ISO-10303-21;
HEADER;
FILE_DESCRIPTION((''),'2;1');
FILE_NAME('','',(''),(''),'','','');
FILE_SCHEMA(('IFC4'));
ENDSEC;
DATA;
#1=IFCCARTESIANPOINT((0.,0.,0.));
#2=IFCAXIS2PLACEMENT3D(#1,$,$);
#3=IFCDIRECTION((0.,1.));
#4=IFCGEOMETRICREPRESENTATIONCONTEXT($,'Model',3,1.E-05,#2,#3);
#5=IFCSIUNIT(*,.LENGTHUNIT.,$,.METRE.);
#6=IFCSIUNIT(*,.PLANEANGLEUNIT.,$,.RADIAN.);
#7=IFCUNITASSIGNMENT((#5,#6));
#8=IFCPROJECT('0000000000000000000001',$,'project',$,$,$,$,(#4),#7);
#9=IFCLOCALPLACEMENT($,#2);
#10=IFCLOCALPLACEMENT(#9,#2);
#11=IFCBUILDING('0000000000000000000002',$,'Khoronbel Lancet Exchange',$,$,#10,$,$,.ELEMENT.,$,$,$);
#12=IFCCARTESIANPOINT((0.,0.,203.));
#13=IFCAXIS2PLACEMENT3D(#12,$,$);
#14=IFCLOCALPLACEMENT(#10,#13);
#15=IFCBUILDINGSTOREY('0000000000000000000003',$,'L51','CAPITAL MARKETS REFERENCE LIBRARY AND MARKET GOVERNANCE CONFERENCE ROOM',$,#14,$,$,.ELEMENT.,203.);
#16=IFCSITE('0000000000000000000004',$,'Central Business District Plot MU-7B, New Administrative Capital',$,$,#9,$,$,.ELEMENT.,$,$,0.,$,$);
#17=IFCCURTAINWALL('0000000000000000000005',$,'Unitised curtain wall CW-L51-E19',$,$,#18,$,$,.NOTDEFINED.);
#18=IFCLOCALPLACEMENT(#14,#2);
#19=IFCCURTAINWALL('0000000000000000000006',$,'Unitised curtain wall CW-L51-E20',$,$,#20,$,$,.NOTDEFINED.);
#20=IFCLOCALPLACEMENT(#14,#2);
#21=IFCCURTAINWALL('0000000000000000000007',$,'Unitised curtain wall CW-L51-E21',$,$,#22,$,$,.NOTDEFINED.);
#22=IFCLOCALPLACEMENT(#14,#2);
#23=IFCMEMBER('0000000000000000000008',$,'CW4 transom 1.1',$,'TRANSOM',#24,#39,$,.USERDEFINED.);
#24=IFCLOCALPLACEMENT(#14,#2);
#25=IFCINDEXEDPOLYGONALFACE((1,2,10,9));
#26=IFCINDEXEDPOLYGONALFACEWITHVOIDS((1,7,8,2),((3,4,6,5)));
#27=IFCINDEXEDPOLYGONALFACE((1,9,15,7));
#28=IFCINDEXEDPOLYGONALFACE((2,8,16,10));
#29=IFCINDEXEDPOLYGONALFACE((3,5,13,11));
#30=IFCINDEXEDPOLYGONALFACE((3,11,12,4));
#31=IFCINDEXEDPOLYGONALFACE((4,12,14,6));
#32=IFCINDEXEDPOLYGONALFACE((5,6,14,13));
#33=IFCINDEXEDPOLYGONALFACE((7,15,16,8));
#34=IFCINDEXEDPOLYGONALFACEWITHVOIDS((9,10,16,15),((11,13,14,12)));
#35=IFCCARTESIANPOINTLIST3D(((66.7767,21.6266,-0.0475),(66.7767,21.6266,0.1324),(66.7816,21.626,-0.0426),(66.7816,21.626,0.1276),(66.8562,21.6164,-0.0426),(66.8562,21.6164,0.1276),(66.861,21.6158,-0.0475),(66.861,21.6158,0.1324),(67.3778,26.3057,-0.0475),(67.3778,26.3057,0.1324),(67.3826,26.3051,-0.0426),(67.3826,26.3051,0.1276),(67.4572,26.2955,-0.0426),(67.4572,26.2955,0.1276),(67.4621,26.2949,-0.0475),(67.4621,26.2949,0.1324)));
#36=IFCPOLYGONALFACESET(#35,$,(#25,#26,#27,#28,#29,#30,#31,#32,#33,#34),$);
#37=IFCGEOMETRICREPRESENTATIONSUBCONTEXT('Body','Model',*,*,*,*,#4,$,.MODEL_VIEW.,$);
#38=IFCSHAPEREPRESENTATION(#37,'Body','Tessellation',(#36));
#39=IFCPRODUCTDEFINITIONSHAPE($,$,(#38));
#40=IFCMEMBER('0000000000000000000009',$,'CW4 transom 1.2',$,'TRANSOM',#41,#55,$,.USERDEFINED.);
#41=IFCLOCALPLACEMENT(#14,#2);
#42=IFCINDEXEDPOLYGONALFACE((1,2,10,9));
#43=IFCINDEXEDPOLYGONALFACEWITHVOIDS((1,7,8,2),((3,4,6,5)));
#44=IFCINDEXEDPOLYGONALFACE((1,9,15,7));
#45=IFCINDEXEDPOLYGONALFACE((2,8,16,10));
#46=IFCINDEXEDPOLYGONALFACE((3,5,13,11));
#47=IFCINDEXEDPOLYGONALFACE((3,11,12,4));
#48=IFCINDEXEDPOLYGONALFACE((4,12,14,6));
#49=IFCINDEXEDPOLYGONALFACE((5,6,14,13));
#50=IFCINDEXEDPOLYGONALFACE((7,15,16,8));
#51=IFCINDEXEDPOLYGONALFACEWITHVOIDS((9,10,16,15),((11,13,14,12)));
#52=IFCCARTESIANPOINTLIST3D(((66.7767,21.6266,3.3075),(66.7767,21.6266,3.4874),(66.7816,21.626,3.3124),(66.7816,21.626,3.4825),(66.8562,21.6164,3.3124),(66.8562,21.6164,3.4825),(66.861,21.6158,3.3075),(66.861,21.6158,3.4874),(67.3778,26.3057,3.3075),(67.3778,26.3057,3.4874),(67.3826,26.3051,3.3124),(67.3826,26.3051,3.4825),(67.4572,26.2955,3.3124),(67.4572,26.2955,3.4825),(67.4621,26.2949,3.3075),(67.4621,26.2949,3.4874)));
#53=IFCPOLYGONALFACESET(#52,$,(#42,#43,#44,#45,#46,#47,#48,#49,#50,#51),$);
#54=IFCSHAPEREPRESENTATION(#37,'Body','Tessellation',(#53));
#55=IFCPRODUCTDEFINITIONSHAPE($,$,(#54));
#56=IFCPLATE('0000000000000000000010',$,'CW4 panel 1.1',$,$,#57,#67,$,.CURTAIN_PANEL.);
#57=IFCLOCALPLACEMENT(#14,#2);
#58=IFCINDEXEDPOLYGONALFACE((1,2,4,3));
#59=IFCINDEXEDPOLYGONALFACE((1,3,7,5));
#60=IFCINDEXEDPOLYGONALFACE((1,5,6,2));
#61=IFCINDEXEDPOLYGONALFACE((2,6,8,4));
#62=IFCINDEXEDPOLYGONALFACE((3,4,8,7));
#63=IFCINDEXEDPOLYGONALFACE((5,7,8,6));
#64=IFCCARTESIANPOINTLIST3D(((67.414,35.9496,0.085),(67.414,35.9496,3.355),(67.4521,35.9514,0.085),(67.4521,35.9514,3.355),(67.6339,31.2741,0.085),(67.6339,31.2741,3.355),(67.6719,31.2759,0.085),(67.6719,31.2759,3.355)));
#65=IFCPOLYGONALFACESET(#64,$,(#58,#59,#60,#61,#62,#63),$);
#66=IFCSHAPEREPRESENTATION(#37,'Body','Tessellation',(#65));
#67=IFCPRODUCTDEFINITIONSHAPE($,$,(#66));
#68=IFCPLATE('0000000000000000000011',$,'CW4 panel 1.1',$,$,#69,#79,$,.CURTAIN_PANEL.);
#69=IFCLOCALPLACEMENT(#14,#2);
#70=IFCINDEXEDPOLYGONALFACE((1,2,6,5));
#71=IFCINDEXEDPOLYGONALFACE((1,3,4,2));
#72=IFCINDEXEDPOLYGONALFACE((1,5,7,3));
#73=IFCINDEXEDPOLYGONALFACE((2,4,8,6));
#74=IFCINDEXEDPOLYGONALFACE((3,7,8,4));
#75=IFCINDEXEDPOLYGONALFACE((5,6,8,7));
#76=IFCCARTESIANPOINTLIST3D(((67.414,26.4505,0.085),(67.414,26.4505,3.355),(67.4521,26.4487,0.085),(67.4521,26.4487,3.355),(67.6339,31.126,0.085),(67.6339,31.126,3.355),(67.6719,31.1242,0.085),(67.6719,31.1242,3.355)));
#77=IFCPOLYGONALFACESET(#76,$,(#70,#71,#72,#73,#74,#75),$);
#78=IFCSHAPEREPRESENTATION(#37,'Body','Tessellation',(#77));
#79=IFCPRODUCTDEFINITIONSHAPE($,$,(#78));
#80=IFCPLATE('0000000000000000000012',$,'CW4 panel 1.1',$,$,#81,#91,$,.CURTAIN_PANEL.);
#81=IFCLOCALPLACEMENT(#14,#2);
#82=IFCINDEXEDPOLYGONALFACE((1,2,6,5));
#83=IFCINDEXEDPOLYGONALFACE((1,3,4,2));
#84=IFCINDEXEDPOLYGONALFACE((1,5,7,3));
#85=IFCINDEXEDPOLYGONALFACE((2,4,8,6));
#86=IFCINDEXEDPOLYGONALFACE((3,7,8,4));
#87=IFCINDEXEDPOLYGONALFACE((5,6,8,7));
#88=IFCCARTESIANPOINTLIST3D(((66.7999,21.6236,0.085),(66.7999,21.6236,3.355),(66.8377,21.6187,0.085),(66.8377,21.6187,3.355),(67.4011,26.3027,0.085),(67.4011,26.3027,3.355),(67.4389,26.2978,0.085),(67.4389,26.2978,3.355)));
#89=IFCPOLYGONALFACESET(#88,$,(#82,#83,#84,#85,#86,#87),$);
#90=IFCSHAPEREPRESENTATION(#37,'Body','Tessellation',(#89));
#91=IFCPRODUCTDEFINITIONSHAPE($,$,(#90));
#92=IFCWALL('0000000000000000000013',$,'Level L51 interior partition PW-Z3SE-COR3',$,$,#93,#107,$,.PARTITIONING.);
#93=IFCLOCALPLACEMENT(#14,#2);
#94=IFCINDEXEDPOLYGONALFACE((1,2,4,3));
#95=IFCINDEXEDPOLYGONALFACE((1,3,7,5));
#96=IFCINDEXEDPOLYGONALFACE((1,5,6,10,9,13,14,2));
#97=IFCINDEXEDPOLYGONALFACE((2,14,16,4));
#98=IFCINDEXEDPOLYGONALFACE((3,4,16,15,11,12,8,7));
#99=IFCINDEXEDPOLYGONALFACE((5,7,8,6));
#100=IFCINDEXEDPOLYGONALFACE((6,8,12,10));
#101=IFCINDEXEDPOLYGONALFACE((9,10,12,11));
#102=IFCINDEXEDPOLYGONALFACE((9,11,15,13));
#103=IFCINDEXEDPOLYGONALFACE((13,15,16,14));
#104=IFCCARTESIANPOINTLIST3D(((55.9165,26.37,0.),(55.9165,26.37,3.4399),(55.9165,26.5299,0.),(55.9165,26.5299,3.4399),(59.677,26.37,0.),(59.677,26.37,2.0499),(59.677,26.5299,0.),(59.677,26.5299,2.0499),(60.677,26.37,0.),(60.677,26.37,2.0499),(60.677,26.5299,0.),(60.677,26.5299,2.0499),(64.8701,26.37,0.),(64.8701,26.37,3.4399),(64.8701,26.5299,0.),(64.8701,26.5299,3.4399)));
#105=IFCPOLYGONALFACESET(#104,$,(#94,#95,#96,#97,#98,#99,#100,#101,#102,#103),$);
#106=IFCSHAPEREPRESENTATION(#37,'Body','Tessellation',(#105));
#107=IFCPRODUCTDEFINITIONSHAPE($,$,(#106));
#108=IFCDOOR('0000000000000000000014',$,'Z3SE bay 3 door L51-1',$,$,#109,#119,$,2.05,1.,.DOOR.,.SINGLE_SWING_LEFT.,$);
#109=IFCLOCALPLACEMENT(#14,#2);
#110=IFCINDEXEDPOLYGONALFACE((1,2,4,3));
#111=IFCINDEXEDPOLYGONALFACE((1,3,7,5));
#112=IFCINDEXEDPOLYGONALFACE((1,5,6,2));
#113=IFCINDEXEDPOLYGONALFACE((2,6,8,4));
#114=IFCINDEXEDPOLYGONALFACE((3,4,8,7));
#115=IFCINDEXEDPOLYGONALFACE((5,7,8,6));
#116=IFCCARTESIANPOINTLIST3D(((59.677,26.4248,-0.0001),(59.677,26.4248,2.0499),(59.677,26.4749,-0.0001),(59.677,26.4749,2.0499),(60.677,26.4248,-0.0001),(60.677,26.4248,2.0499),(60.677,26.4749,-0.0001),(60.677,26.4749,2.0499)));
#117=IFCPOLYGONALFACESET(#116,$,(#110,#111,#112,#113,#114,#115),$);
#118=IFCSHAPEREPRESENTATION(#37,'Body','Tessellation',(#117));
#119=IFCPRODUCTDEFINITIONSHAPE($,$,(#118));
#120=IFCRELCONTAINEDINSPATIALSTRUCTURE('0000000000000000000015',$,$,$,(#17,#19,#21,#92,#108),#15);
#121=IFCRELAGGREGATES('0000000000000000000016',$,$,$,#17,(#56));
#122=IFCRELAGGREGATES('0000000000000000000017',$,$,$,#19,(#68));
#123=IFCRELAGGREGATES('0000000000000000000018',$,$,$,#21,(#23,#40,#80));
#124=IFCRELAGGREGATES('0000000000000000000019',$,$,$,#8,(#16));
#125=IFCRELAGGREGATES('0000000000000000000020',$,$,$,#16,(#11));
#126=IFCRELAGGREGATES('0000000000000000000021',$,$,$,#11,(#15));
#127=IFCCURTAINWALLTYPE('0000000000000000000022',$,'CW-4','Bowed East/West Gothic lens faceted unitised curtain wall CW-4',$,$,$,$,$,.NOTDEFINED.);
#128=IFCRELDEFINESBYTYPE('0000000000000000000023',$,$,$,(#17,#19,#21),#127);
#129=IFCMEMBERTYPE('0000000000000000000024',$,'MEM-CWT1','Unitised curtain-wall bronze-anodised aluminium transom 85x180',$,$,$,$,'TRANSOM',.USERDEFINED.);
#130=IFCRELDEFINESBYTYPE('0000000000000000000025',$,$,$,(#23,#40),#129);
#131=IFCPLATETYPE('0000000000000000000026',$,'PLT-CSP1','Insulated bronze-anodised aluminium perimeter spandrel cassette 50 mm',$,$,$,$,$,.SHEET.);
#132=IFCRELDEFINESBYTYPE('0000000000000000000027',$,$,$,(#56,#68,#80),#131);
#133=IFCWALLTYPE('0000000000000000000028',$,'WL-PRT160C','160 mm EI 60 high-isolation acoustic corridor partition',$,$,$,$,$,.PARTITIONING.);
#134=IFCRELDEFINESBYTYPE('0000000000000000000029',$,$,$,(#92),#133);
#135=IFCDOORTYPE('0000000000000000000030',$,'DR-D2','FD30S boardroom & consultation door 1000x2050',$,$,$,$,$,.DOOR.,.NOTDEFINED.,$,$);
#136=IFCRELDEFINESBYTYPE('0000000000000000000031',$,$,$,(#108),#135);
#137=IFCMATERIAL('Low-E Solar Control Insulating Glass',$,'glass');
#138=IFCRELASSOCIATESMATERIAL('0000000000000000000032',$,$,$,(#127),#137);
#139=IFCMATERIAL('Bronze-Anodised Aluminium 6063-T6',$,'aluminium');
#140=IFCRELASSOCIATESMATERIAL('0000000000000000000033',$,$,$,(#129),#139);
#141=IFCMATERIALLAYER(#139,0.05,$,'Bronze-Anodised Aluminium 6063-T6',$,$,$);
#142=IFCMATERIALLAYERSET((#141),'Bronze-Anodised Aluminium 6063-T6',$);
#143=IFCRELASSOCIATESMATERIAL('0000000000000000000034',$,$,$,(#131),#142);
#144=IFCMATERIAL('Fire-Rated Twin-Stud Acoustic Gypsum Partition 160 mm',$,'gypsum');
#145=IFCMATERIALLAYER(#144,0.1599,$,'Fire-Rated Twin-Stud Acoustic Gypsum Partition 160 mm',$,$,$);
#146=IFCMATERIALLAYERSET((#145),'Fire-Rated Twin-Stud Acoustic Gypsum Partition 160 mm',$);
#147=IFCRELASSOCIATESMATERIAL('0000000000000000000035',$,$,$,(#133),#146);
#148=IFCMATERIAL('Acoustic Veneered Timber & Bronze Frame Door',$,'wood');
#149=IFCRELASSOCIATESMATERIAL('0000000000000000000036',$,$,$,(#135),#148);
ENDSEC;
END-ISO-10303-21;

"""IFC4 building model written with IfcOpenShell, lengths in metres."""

from ifc_helpers import new_model, si_unit, direction, frame, frame_2d, origin, origin_2d, place, context, subcontext, project, spatial, rectangle, hollow_rectangle, extrude, material, layer, layer_set, material_profile, profile_set, type_object, element, fill, aggregate, save


model = new_model("IFC4")

# Units and contexts
model_context = context("Model", 3, precision=1e-05, world=origin(), true_north=direction((0.0, 1.0)))
body_context = subcontext(model_context, "Body", "Model", "MODEL_VIEW")
ifc_project = project(units=[si_unit("LENGTHUNIT", "METRE"), si_unit("PLANEANGLEUNIT", "RADIAN")], contexts=[model_context])

# Site, building, storey
site_placement = place(None, origin())
site = spatial("IfcSite", under=ifc_project, at=site_placement, Name="Central Business District Plot MU-7B, New Administrative Capital", CompositionType="ELEMENT", RefElevation=0.0)
building_placement = place(site_placement, origin())
building = spatial("IfcBuilding", under=site, at=building_placement, Name="Khoronbel Lancet Exchange", CompositionType="ELEMENT")
storey_placement = place(building_placement, frame((0.0, 0.0, 203.0)))
storey = spatial("IfcBuildingStorey", under=building, at=storey_placement, Name="L51", Description="CAPITAL MARKETS REFERENCE LIBRARY AND MARKET GOVERNANCE CONFERENCE ROOM", CompositionType="ELEMENT", Elevation=203.0)

# Curtain wall
ifc_material_1 = material(Name="Low-E Solar Control Insulating Glass", Category="glass")
curtain_wall_type = type_object("IfcCurtainWallType", Name="CW-4", Description="Bowed East/West Gothic lens faceted unitised curtain wall CW-4", PredefinedType="NOTDEFINED", material=ifc_material_1)
curtain_wall_1_placement = place(storey_placement, origin())
curtain_wall_1 = element("IfcCurtainWall", 1, at=curtain_wall_1_placement, inside=storey, type_object=curtain_wall_type, Name="Unitised curtain wall CW-L51-E19", PredefinedType="NOTDEFINED")
ifc_material_2 = material(Name="Bronze-Anodised Aluminium 6063-T6", Category="aluminium")

# Curtain walls
curtain_wall_2_placement = place(storey_placement, origin())
curtain_wall_2 = element("IfcCurtainWall", 2, at=curtain_wall_2_placement, inside=storey, type_object=curtain_wall_type, Name="Unitised curtain wall CW-L51-E20", PredefinedType="NOTDEFINED")
curtain_wall_3_placement = place(storey_placement, origin())
curtain_wall_3 = element("IfcCurtainWall", 3, at=curtain_wall_3_placement, inside=storey, type_object=curtain_wall_type, Name="Unitised curtain wall CW-L51-E21", PredefinedType="NOTDEFINED")

# Members
ifc_material_profile_1 = material_profile(ifc_material_2, hollow_rectangle(XDim=0.085, YDim=0.1799, WallThickness=0.0049, at=origin_2d()), Name="ALU TRANSOM 85x180")
ifc_profile_set_1 = profile_set([ifc_material_profile_1], Name="Bronze-Anodised Aluminium 6063-T6")
member_type_1 = type_object("IfcMemberType", Name="MEM-CWT1", Description="Unitised curtain-wall bronze-anodised aluminium transom 85x180", ElementType="TRANSOM", PredefinedType="USERDEFINED", material=ifc_profile_set_1)
member_1_placement = place(storey_placement, frame((67.4199, 26.3003, 0.0425), z_axis=(-0.12741, -0.99185, 0.0), x_axis=(0.99185, -0.12741, 0.0)))
member_1 = element("IfcMember", 4, at=member_1_placement, type_object=member_type_1, Name="CW4 transom 1.1", ObjectType="TRANSOM", PredefinedType="USERDEFINED", context=body_context, shape_type="SweptSolid", body=[
    extrude(hollow_rectangle(XDim=0.085, YDim=0.1799, WallThickness=0.0049, at=origin_2d()), origin(), (0.0, 0.0, 1.0), 4.7175),
])
member_2_placement = place(storey_placement, frame((67.4199, 26.3003, 3.3975), z_axis=(-0.12741, -0.99185, 0.0), x_axis=(0.99185, -0.12741, 0.0)))
member_2 = element("IfcMember", 5, at=member_2_placement, type_object=member_type_1, Name="CW4 transom 1.2", ObjectType="TRANSOM", PredefinedType="USERDEFINED", context=body_context, shape_type="SweptSolid", body=[
    extrude(hollow_rectangle(XDim=0.085, YDim=0.1799, WallThickness=0.0049, at=origin_2d()), origin(), (0.0, 0.0, 1.0), 4.7175),
])

# Plates
ifc_layer_1 = layer(ifc_material_2, 0.05, Name="Bronze-Anodised Aluminium 6063-T6")
ifc_layer_set_1 = layer_set([ifc_layer_1], Name="Bronze-Anodised Aluminium 6063-T6")
plate_type = type_object("IfcPlateType", Name="PLT-CSP1", Description="Insulated bronze-anodised aluminium perimeter spandrel cassette 50 mm", PredefinedType="SHEET", material=ifc_layer_set_1)
plate_1_placement = place(storey_placement, frame((67.543, 33.6128, 0.085), z_axis=(0.0, 0.0, 1.0), x_axis=(0.04697, -0.998896, 0.0)))
plate_1 = element("IfcPlate", 6, at=plate_1_placement, type_object=plate_type, Name="CW4 panel 1.1", PredefinedType="CURTAIN_PANEL", context=body_context, shape_type="SweptSolid", body=[
    extrude(rectangle(XDim=4.6807, YDim=0.0381, at=origin_2d()), origin(), (0.0, 0.0, 1.0), 3.27),
])
aggregate(curtain_wall_1, [plate_1])
plate_2_placement = place(storey_placement, frame((67.543, 28.7874, 0.085), z_axis=(0.0, 0.0, 1.0), x_axis=(-0.04697, -0.998896, 0.0)))
plate_2 = element("IfcPlate", 7, at=plate_2_placement, type_object=plate_type, Name="CW4 panel 1.1", PredefinedType="CURTAIN_PANEL", context=body_context, shape_type="SweptSolid", body=[
    extrude(rectangle(XDim=4.6807, YDim=0.0381, at=origin_2d()), origin(), (0.0, 0.0, 1.0), 3.27),
])
aggregate(curtain_wall_2, [plate_2])
plate_3_placement = place(storey_placement, frame((67.1194, 23.9607, 0.085), z_axis=(0.0, 0.0, 1.0), x_axis=(-0.127437, -0.991847, 0.0)))
plate_3 = element("IfcPlate", 8, at=plate_3_placement, type_object=plate_type, Name="CW4 panel 1.1", PredefinedType="CURTAIN_PANEL", context=body_context, shape_type="SweptSolid", body=[
    extrude(rectangle(XDim=4.7175, YDim=0.0381, at=origin_2d()), origin(), (0.0, 0.0, 1.0), 3.27),
])
aggregate(curtain_wall_3, [member_1, member_2, plate_3])

# Wall, opening, door
ifc_material_3 = material(Name="Fire-Rated Twin-Stud Acoustic Gypsum Partition 160 mm", Category="gypsum")
ifc_layer_2 = layer(ifc_material_3, 0.1599, Name="Fire-Rated Twin-Stud Acoustic Gypsum Partition 160 mm")
ifc_layer_set_2 = layer_set([ifc_layer_2], Name="Fire-Rated Twin-Stud Acoustic Gypsum Partition 160 mm")
wall_type = type_object("IfcWallType", Name="WL-PRT160C", Description="160 mm EI 60 high-isolation acoustic corridor partition", PredefinedType="PARTITIONING", material=ifc_layer_set_2)
wall_placement = place(storey_placement, frame((55.9165, 26.45, 0.0), z_axis=(0.0, 0.0, 1.0), x_axis=(1.0, 0.0, 0.0)))
wall = element("IfcWall", 9, at=wall_placement, inside=storey, type_object=wall_type, Name="Level L51 interior partition PW-Z3SE-COR3", PredefinedType="PARTITIONING", context=body_context, shape_type="SweptSolid", body=[
    extrude(rectangle(XDim=8.9536, YDim=0.1599, at=frame_2d((4.4768, 0.0))), origin(), (0.0, 0.0, 1.0), 3.4399),
])
opening_placement = place(wall_placement, frame((3.7605, 0.0, 0.0)))
opening = element("IfcOpeningElement", 10, at=opening_placement, cuts=wall, PredefinedType="OPENING", context=body_context, shape_type="SweptSolid", body=[
    extrude(rectangle(XDim=1.0, YDim=2.05, at=frame_2d((0.5, 1.0249))), frame((0.0, 0.0898, 0.0), z_axis=(0.0, -1.0, 0.0), x_axis=(1.0, 0.0, 0.0)), (0.0, 0.0, 1.0), 0.1799),
])
ifc_material_4 = material(Name="Acoustic Veneered Timber & Bronze Frame Door", Category="wood")
door_type = type_object("IfcDoorType", Name="DR-D2", Description="FD30S boardroom & consultation door 1000x2050", OperationType="NOTDEFINED", PredefinedType="DOOR", material=ifc_material_4)
door_placement = place(opening_placement, origin())
door = element("IfcDoor", 11, at=door_placement, inside=storey, type_object=door_type, Name="Z3SE bay 3 door L51-1", OperationType="SINGLE_SWING_LEFT", OverallHeight=2.05, OverallWidth=1.0, PredefinedType="DOOR", context=body_context, shape_type="SweptSolid", body=[
    extrude(rectangle(XDim=1.0, YDim=2.05, at=frame_2d((0.5, 1.0249))), frame((0.0, 0.0249, 0.0), z_axis=(0.0, -1.0, 0.0), x_axis=(1.0, 0.0, 0.0)), (0.0, 0.0, 1.0), 0.05),
])
fill(opening, door)

save(model, "model.ifc")
